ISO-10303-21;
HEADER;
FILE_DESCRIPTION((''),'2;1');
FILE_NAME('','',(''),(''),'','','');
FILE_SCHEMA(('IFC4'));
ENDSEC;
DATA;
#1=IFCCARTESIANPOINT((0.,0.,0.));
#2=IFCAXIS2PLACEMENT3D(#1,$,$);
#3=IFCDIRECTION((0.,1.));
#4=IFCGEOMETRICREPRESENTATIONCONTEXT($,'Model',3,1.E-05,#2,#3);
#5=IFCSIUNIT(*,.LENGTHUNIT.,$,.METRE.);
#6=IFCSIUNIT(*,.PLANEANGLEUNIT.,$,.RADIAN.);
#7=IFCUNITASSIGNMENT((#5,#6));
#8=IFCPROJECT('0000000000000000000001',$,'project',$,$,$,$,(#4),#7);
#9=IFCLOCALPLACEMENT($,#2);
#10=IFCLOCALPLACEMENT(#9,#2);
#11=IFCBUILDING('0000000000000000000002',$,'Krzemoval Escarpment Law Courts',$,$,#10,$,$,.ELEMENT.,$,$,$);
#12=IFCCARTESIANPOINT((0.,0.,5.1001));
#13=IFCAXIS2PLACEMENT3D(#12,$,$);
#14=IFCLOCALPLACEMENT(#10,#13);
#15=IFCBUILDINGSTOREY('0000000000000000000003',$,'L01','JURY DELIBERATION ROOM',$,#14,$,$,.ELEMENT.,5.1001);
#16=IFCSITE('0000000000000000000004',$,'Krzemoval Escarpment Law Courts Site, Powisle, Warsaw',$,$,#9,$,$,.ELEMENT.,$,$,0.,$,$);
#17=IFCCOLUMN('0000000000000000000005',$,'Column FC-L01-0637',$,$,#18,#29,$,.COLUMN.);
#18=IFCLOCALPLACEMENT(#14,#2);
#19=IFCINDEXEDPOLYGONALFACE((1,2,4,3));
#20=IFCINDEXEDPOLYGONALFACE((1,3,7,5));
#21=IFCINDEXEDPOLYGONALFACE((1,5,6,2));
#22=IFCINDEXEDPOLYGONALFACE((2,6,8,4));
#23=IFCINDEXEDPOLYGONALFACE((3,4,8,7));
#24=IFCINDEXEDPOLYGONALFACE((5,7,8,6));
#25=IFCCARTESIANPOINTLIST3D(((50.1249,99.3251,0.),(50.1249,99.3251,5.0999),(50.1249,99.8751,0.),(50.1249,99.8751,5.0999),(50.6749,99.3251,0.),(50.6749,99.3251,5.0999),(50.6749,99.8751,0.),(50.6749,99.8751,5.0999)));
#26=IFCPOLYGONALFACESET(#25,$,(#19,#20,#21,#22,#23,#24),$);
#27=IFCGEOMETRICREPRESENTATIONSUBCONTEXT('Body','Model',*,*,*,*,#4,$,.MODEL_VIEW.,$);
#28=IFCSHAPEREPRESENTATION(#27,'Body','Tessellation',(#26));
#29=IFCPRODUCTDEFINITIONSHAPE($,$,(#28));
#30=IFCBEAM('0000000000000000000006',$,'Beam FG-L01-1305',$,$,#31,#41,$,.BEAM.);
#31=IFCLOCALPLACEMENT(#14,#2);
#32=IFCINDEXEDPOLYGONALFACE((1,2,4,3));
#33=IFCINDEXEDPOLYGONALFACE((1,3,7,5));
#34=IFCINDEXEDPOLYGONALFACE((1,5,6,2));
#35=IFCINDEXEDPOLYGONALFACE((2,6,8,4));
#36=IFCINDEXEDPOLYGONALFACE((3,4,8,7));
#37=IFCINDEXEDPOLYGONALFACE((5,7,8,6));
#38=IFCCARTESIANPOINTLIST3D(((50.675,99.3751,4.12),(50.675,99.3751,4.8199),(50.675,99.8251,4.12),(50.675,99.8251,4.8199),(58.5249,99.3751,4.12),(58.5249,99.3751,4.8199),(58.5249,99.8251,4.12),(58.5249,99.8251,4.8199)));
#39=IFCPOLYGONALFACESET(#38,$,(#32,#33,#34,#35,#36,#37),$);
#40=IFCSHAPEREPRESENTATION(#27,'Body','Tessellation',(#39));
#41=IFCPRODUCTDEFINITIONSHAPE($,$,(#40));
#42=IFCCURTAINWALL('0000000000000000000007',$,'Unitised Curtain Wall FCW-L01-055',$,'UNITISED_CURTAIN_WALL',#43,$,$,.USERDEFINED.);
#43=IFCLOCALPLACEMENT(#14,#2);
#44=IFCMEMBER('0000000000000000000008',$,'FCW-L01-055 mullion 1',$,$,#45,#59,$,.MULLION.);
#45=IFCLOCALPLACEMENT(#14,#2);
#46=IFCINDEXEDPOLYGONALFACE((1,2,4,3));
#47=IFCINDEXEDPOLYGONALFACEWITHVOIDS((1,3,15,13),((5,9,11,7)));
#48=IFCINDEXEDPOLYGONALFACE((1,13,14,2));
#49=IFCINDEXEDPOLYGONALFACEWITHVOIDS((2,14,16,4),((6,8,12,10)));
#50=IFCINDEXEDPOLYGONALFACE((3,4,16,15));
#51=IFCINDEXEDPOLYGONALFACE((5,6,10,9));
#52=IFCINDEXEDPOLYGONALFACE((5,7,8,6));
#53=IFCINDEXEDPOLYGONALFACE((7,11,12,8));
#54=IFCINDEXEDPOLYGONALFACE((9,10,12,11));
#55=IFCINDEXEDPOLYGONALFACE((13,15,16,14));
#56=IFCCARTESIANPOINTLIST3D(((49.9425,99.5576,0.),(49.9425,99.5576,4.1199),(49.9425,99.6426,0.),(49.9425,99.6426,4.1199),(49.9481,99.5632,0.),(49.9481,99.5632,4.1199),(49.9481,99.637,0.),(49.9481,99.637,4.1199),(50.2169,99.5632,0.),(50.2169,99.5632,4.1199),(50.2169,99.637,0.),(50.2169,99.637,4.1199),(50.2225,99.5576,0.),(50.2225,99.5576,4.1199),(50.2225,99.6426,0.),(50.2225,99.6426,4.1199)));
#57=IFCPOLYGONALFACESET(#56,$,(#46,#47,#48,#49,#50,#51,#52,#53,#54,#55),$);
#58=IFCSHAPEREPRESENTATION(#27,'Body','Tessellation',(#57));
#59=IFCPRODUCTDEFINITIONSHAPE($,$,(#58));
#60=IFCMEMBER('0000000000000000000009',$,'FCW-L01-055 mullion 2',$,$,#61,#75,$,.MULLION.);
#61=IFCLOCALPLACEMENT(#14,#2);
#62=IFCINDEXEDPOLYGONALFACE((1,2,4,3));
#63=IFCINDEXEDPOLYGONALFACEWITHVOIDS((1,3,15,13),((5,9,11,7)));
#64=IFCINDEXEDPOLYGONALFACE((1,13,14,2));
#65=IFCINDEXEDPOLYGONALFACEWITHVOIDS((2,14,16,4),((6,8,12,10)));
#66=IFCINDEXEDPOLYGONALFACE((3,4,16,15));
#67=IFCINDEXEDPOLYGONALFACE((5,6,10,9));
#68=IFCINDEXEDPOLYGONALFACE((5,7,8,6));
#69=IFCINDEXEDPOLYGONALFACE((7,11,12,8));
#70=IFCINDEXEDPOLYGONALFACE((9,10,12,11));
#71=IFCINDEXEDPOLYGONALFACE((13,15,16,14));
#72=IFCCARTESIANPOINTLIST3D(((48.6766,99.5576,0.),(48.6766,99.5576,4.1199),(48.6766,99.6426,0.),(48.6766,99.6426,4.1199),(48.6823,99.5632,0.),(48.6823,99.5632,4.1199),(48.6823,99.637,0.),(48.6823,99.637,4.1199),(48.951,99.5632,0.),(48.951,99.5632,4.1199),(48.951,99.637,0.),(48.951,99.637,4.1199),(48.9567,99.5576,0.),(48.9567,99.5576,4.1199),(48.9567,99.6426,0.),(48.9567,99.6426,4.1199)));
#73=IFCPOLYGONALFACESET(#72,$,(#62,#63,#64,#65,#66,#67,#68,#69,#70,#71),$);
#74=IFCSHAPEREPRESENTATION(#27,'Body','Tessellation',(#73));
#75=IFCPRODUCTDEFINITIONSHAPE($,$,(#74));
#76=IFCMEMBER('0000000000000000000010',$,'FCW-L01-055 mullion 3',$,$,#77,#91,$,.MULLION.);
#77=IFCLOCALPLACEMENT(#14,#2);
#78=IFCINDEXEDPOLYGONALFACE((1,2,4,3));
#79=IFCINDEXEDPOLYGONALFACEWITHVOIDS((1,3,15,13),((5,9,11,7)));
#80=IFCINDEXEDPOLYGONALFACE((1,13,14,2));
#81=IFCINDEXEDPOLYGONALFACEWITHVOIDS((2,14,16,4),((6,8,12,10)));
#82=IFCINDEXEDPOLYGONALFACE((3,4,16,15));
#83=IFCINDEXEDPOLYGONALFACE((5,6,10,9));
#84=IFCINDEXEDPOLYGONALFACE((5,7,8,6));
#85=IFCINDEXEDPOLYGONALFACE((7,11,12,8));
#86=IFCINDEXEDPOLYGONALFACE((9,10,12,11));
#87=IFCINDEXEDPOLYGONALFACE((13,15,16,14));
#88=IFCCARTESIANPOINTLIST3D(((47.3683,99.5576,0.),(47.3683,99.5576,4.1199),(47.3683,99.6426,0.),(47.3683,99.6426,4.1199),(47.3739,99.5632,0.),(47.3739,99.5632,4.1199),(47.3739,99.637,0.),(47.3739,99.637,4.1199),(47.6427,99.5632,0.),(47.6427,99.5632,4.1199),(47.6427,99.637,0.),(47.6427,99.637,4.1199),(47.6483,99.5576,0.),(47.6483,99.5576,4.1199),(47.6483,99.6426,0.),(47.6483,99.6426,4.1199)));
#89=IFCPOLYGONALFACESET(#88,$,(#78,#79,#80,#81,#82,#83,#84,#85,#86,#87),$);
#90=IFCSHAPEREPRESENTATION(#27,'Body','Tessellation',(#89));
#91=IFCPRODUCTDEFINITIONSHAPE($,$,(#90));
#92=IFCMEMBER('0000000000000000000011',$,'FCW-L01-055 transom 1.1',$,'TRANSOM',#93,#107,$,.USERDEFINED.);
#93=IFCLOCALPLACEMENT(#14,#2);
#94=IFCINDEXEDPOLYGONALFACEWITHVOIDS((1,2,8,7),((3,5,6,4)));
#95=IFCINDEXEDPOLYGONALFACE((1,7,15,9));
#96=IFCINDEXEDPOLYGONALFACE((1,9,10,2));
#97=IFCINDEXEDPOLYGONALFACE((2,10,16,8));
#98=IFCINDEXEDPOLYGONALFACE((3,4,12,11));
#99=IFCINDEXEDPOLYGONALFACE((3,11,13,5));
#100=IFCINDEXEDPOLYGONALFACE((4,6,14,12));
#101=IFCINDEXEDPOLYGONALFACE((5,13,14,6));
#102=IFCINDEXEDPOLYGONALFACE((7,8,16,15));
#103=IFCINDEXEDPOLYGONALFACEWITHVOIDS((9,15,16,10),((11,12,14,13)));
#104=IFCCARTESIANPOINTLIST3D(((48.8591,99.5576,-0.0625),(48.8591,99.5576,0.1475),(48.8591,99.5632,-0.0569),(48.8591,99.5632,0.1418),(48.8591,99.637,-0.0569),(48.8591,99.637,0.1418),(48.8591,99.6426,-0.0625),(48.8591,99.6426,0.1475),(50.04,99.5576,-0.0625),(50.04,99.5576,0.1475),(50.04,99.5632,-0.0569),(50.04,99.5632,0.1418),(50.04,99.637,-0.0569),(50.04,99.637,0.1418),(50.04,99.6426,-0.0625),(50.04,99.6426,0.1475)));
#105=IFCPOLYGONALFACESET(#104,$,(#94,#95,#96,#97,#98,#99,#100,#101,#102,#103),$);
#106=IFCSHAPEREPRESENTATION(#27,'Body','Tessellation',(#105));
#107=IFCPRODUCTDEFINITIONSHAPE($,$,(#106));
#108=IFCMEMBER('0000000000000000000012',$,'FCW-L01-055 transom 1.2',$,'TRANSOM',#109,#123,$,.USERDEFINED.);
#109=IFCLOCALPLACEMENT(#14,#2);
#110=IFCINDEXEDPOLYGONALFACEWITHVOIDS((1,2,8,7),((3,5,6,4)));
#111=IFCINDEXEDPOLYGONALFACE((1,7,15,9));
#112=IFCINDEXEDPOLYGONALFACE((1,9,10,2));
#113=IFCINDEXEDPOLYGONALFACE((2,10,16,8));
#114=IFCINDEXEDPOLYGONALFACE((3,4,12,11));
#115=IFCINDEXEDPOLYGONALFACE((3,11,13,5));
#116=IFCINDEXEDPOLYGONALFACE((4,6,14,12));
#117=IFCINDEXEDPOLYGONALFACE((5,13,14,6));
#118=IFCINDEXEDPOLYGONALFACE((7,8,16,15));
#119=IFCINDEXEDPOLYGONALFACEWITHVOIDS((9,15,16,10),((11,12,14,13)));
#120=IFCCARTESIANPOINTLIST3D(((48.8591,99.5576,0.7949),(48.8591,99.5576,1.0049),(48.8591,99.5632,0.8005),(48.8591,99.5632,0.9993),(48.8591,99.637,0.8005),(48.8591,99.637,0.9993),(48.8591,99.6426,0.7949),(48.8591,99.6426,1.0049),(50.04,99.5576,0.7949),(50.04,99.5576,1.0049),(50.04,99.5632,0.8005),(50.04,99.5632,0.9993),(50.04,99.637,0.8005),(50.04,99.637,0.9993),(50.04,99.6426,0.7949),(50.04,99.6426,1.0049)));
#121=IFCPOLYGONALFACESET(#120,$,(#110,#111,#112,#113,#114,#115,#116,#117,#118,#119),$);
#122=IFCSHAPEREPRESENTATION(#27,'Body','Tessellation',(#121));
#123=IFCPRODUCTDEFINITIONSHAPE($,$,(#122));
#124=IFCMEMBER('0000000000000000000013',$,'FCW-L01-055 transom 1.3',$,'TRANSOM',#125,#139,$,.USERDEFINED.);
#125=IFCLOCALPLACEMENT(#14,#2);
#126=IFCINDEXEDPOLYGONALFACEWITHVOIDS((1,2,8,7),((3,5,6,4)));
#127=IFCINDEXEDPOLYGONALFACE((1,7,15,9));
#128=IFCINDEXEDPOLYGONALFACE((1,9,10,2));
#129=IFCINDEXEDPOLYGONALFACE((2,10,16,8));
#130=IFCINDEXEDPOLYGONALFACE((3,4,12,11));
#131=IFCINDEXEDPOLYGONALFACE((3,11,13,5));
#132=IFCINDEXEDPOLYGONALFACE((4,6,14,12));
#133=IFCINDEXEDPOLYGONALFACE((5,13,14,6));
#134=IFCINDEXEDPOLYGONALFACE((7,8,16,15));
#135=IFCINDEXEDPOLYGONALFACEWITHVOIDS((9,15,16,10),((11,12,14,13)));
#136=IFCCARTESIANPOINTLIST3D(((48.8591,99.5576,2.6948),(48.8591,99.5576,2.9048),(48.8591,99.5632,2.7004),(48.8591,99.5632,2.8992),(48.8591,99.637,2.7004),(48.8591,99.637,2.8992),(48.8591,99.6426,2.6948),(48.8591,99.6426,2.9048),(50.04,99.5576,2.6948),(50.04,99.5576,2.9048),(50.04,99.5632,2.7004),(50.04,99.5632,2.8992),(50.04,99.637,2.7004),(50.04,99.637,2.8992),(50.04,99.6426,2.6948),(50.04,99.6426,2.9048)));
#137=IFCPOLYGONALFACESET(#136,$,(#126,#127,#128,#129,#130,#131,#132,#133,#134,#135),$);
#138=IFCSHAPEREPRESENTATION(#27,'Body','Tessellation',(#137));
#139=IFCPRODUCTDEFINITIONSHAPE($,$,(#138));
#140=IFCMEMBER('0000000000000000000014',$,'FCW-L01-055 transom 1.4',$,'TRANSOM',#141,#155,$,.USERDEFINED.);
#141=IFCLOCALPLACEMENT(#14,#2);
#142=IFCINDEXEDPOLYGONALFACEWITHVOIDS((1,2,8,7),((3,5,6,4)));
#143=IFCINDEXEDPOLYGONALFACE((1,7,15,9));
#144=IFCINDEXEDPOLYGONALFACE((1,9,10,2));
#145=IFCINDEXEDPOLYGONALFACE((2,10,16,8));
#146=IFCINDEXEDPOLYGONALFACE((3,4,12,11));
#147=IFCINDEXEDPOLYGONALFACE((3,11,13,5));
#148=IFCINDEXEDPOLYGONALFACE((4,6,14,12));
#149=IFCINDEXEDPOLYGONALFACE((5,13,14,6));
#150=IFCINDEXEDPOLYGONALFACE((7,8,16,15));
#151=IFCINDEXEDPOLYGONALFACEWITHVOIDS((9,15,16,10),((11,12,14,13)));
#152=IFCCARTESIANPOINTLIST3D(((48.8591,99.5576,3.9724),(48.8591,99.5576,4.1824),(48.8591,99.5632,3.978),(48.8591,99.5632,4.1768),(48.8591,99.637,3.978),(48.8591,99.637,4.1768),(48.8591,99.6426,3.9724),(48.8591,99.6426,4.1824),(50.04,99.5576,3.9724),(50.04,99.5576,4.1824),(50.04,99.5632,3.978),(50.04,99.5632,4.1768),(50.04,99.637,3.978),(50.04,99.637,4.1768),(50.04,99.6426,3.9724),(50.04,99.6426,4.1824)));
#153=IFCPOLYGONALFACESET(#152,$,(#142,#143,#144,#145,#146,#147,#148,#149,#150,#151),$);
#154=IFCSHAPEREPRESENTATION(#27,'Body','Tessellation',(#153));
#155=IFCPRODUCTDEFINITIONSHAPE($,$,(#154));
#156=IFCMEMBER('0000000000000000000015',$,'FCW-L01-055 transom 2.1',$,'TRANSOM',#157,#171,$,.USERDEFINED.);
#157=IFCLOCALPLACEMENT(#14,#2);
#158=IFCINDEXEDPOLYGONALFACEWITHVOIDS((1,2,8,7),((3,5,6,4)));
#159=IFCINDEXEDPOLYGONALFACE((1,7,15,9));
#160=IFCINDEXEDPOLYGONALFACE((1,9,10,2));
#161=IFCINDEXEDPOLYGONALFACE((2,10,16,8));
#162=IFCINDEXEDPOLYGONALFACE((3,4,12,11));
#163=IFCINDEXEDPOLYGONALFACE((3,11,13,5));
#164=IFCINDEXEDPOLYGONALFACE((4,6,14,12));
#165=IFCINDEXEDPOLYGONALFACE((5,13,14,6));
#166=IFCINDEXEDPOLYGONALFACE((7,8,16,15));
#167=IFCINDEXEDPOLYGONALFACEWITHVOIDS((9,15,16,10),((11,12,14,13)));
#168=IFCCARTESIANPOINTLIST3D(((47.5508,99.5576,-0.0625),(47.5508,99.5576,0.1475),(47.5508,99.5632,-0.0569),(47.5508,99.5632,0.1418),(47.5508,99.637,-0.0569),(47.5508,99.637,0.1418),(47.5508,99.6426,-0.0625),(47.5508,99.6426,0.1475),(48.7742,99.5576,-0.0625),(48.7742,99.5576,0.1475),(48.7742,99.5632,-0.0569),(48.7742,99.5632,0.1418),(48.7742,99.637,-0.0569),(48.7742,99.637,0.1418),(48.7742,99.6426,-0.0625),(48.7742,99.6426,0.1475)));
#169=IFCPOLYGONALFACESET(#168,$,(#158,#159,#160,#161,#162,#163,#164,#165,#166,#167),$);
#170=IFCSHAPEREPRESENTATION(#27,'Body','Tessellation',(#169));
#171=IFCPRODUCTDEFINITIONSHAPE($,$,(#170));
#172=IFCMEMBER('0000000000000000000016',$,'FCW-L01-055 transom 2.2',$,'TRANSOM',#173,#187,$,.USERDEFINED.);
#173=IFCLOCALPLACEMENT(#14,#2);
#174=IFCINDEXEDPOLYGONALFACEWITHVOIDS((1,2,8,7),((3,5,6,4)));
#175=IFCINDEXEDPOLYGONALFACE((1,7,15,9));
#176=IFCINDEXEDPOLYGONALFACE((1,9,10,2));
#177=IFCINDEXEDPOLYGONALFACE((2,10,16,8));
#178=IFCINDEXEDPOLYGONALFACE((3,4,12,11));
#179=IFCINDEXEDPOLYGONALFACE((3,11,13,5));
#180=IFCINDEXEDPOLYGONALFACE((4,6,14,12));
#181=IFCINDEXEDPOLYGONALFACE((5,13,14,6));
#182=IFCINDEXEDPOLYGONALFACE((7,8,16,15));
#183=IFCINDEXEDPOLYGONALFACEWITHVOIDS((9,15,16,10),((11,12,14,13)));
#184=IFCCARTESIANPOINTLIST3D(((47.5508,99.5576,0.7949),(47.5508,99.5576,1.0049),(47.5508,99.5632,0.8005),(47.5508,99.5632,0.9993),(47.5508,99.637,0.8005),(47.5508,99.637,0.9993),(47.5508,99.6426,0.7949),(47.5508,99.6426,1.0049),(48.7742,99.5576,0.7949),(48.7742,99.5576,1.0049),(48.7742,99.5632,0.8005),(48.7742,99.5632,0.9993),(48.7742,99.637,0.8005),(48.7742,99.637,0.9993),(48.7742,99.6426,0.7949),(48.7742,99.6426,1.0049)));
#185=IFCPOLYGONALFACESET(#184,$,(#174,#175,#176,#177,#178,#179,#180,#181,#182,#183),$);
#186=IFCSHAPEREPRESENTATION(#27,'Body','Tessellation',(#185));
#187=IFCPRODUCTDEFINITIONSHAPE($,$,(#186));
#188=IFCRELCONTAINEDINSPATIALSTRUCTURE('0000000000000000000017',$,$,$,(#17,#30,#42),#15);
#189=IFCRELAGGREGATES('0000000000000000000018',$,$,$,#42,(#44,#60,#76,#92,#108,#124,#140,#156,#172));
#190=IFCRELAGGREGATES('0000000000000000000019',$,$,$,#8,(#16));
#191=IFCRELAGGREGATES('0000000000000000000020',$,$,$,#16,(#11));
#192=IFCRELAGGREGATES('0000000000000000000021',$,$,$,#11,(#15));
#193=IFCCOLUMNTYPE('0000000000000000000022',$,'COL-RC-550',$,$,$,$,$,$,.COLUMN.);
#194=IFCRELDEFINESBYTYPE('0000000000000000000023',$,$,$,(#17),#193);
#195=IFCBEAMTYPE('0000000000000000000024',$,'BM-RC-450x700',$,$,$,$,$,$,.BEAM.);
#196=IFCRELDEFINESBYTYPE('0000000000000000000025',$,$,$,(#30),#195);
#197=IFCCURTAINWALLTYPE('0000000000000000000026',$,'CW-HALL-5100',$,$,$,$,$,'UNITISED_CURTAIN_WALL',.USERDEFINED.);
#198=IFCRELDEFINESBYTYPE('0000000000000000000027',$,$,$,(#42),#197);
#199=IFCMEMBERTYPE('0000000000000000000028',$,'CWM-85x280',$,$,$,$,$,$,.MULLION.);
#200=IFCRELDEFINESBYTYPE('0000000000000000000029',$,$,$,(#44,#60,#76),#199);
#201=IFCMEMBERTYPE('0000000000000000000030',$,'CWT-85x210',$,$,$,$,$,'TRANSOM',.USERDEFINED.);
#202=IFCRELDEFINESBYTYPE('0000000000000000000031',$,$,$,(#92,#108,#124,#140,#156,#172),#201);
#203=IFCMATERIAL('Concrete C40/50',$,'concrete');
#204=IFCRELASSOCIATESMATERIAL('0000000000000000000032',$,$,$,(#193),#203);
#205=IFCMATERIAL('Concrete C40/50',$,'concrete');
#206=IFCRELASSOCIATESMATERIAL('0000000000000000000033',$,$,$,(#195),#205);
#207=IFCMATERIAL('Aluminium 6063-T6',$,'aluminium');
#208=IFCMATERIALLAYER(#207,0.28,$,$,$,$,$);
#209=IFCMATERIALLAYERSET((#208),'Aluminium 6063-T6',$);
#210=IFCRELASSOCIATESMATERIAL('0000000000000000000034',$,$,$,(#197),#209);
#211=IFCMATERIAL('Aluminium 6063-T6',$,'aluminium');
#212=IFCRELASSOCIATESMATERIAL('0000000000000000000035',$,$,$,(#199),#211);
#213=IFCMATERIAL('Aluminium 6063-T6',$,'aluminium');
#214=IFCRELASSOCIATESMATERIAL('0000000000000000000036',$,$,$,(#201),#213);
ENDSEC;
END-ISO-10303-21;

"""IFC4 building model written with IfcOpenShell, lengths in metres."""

from ifc_helpers import new_model, si_unit, direction, frame, origin, origin_2d, place, context, subcontext, project, spatial, rectangle, hollow_rectangle, extrude, material, layer, layer_set, material_profile, profile_set, type_object, element, aggregate, save


model = new_model("IFC4")

# Units and contexts
model_context = context("Model", 3, precision=1e-05, world=origin(), true_north=direction((0.0, 1.0)))
body_context = subcontext(model_context, "Body", "Model", "MODEL_VIEW")
ifc_project = project(units=[si_unit("LENGTHUNIT", "METRE"), si_unit("PLANEANGLEUNIT", "RADIAN")], contexts=[model_context])

# Site, building, storey
site_placement = place(None, origin())
site = spatial("IfcSite", under=ifc_project, at=site_placement, Name="Krzemoval Escarpment Law Courts Site, Powisle, Warsaw", CompositionType="ELEMENT", RefElevation=0.0)
building_placement = place(site_placement, origin())
building = spatial("IfcBuilding", under=site, at=building_placement, Name="Krzemoval Escarpment Law Courts", CompositionType="ELEMENT")
storey_placement = place(building_placement, frame((0.0, 0.0, 5.1001)))
storey = spatial("IfcBuildingStorey", under=building, at=storey_placement, Name="L01", Description="JURY DELIBERATION ROOM", CompositionType="ELEMENT", Elevation=5.1001)

# Column
ifc_material_1 = material(Name="Concrete C40/50", Category="concrete")
ifc_material_profile_1 = material_profile(ifc_material_1, rectangle(XDim=0.55, YDim=0.55, at=origin_2d()), Name="RC 550x550")
ifc_profile_set_1 = profile_set([ifc_material_profile_1], Name="Concrete C40/50")
column_type = type_object("IfcColumnType", Name="COL-RC-550", PredefinedType="COLUMN", material=ifc_profile_set_1)
column_placement = place(storey_placement, frame((50.3999, 99.6001, 0.0), z_axis=(0.0, 0.0, 1.0), x_axis=(1.0, 0.0, 0.0)))
element("IfcColumn", 1, at=column_placement, inside=storey, type_object=column_type, Name="Column FC-L01-0637", PredefinedType="COLUMN", context=body_context, shape_type="SweptSolid", body=[
    extrude(rectangle(XDim=0.55, YDim=0.55, at=origin_2d()), origin(), (0.0, 0.0, 1.0), 5.0999),
])

# Beam
ifc_material_2 = material(Name="Concrete C40/50", Category="concrete")
ifc_material_profile_2 = material_profile(ifc_material_2, rectangle(XDim=0.45, YDim=0.7, at=origin_2d()), Name="RCB 450x700")
ifc_profile_set_2 = profile_set([ifc_material_profile_2], Name="Concrete C40/50")
beam_type = type_object("IfcBeamType", Name="BM-RC-450x700", PredefinedType="BEAM", material=ifc_profile_set_2)
beam_placement = place(storey_placement, frame((50.675, 99.6001, 4.47), z_axis=(1.0, 0.0, 0.0), x_axis=(0.0, 1.0, 0.0)))
element("IfcBeam", 2, at=beam_placement, inside=storey, type_object=beam_type, Name="Beam FG-L01-1305", PredefinedType="BEAM", context=body_context, shape_type="SweptSolid", body=[
    extrude(rectangle(XDim=0.45, YDim=0.7, at=origin_2d()), origin(), (0.0, 0.0, 1.0), 7.8499),
])

# Curtain wall, members
ifc_material_3 = material(Name="Aluminium 6063-T6", Category="aluminium")
ifc_layer_1 = layer(ifc_material_3, 0.28)
ifc_layer_set_1 = layer_set([ifc_layer_1], Name="Aluminium 6063-T6")
curtain_wall_type = type_object("IfcCurtainWallType", Name="CW-HALL-5100", ElementType="UNITISED_CURTAIN_WALL", PredefinedType="USERDEFINED", material=ifc_layer_set_1)
curtain_wall_placement = place(storey_placement, origin())
curtain_wall = element("IfcCurtainWall", 3, at=curtain_wall_placement, inside=storey, type_object=curtain_wall_type, Name="Unitised Curtain Wall FCW-L01-055", ObjectType="UNITISED_CURTAIN_WALL", PredefinedType="USERDEFINED")
ifc_material_4 = material(Name="Aluminium 6063-T6", Category="aluminium")
ifc_material_profile_3 = material_profile(ifc_material_4, hollow_rectangle(XDim=0.085, YDim=0.28, WallThickness=0.0056, at=origin_2d()), Name="ALU M85x280")
ifc_profile_set_3 = profile_set([ifc_material_profile_3], Name="Aluminium 6063-T6")
member_type_1 = type_object("IfcMemberType", Name="CWM-85x280", PredefinedType="MULLION", material=ifc_profile_set_3)
member_1_placement = place(storey_placement, frame((50.0825, 99.6001, 0.0), z_axis=(0.0, 0.0, 1.0), x_axis=(0.0, -1.0, 0.0)))
member_1 = element("IfcMember", 4, at=member_1_placement, type_object=member_type_1, Name="FCW-L01-055 mullion 1", PredefinedType="MULLION", context=body_context, shape_type="SweptSolid", body=[
    extrude(hollow_rectangle(XDim=0.085, YDim=0.28, WallThickness=0.0056, at=origin_2d()), origin(), (0.0, 0.0, 1.0), 4.1199),
])
member_2_placement = place(storey_placement, frame((48.8167, 99.6001, 0.0), z_axis=(0.0, 0.0, 1.0), x_axis=(0.0, -1.0, 0.0)))
member_2 = element("IfcMember", 5, at=member_2_placement, type_object=member_type_1, Name="FCW-L01-055 mullion 2", PredefinedType="MULLION", context=body_context, shape_type="SweptSolid", body=[
    extrude(hollow_rectangle(XDim=0.085, YDim=0.28, WallThickness=0.0056, at=origin_2d()), origin(), (0.0, 0.0, 1.0), 4.1199),
])
member_3_placement = place(storey_placement, frame((47.5083, 99.6001, 0.0), z_axis=(0.0, 0.0, 1.0), x_axis=(0.0, -1.0, 0.0)))
member_3 = element("IfcMember", 6, at=member_3_placement, type_object=member_type_1, Name="FCW-L01-055 mullion 3", PredefinedType="MULLION", context=body_context, shape_type="SweptSolid", body=[
    extrude(hollow_rectangle(XDim=0.085, YDim=0.28, WallThickness=0.0056, at=origin_2d()), origin(), (0.0, 0.0, 1.0), 4.1199),
])
ifc_material_5 = material(Name="Aluminium 6063-T6", Category="aluminium")
ifc_material_profile_4 = material_profile(ifc_material_5, hollow_rectangle(XDim=0.085, YDim=0.21, WallThickness=0.0056, at=origin_2d()), Name="ALU T85x210")
ifc_profile_set_4 = profile_set([ifc_material_profile_4], Name="Aluminium 6063-T6")
member_type_2 = type_object("IfcMemberType", Name="CWT-85x210", ElementType="TRANSOM", PredefinedType="USERDEFINED", material=ifc_profile_set_4)
member_4_placement = place(storey_placement, frame((50.04, 99.6001, 0.0425), z_axis=(-1.0, 0.0, 0.0), x_axis=(0.0, -1.0, 0.0)))
member_4 = element("IfcMember", 7, at=member_4_placement, type_object=member_type_2, Name="FCW-L01-055 transom 1.1", ObjectType="TRANSOM", PredefinedType="USERDEFINED", context=body_context, shape_type="SweptSolid", body=[
    extrude(hollow_rectangle(XDim=0.085, YDim=0.21, WallThickness=0.0056, at=origin_2d()), origin(), (0.0, 0.0, 1.0), 1.1809),
])
member_5_placement = place(storey_placement, frame((50.04, 99.6001, 0.8999), z_axis=(-1.0, 0.0, 0.0), x_axis=(0.0, -1.0, 0.0)))
member_5 = element("IfcMember", 8, at=member_5_placement, type_object=member_type_2, Name="FCW-L01-055 transom 1.2", ObjectType="TRANSOM", PredefinedType="USERDEFINED", context=body_context, shape_type="SweptSolid", body=[
    extrude(hollow_rectangle(XDim=0.085, YDim=0.21, WallThickness=0.0056, at=origin_2d()), origin(), (0.0, 0.0, 1.0), 1.1809),
])
member_6_placement = place(storey_placement, frame((50.04, 99.6001, 2.7998), z_axis=(-1.0, 0.0, 0.0), x_axis=(0.0, -1.0, 0.0)))
member_6 = element("IfcMember", 9, at=member_6_placement, type_object=member_type_2, Name="FCW-L01-055 transom 1.3", ObjectType="TRANSOM", PredefinedType="USERDEFINED", context=body_context, shape_type="SweptSolid", body=[
    extrude(hollow_rectangle(XDim=0.085, YDim=0.21, WallThickness=0.0056, at=origin_2d()), origin(), (0.0, 0.0, 1.0), 1.1809),
])
member_7_placement = place(storey_placement, frame((50.04, 99.6001, 4.0774), z_axis=(-1.0, 0.0, 0.0), x_axis=(0.0, -1.0, 0.0)))
member_7 = element("IfcMember", 10, at=member_7_placement, type_object=member_type_2, Name="FCW-L01-055 transom 1.4", ObjectType="TRANSOM", PredefinedType="USERDEFINED", context=body_context, shape_type="SweptSolid", body=[
    extrude(hollow_rectangle(XDim=0.085, YDim=0.21, WallThickness=0.0056, at=origin_2d()), origin(), (0.0, 0.0, 1.0), 1.1809),
])
member_8_placement = place(storey_placement, frame((48.7742, 99.6001, 0.0425), z_axis=(-1.0, 0.0, 0.0), x_axis=(0.0, -1.0, 0.0)))
member_8 = element("IfcMember", 11, at=member_8_placement, type_object=member_type_2, Name="FCW-L01-055 transom 2.1", ObjectType="TRANSOM", PredefinedType="USERDEFINED", context=body_context, shape_type="SweptSolid", body=[
    extrude(hollow_rectangle(XDim=0.085, YDim=0.21, WallThickness=0.0056, at=origin_2d()), origin(), (0.0, 0.0, 1.0), 1.2234),
])
member_9_placement = place(storey_placement, frame((48.7742, 99.6001, 0.8999), z_axis=(-1.0, 0.0, 0.0), x_axis=(0.0, -1.0, 0.0)))
member_9 = element("IfcMember", 12, at=member_9_placement, type_object=member_type_2, Name="FCW-L01-055 transom 2.2", ObjectType="TRANSOM", PredefinedType="USERDEFINED", context=body_context, shape_type="SweptSolid", body=[
    extrude(hollow_rectangle(XDim=0.085, YDim=0.21, WallThickness=0.0056, at=origin_2d()), origin(), (0.0, 0.0, 1.0), 1.2234),
])

aggregate(curtain_wall, [member_1, member_2, member_3, member_4, member_5, member_6, member_7, member_8, member_9])

save(model, "model.ifc")
